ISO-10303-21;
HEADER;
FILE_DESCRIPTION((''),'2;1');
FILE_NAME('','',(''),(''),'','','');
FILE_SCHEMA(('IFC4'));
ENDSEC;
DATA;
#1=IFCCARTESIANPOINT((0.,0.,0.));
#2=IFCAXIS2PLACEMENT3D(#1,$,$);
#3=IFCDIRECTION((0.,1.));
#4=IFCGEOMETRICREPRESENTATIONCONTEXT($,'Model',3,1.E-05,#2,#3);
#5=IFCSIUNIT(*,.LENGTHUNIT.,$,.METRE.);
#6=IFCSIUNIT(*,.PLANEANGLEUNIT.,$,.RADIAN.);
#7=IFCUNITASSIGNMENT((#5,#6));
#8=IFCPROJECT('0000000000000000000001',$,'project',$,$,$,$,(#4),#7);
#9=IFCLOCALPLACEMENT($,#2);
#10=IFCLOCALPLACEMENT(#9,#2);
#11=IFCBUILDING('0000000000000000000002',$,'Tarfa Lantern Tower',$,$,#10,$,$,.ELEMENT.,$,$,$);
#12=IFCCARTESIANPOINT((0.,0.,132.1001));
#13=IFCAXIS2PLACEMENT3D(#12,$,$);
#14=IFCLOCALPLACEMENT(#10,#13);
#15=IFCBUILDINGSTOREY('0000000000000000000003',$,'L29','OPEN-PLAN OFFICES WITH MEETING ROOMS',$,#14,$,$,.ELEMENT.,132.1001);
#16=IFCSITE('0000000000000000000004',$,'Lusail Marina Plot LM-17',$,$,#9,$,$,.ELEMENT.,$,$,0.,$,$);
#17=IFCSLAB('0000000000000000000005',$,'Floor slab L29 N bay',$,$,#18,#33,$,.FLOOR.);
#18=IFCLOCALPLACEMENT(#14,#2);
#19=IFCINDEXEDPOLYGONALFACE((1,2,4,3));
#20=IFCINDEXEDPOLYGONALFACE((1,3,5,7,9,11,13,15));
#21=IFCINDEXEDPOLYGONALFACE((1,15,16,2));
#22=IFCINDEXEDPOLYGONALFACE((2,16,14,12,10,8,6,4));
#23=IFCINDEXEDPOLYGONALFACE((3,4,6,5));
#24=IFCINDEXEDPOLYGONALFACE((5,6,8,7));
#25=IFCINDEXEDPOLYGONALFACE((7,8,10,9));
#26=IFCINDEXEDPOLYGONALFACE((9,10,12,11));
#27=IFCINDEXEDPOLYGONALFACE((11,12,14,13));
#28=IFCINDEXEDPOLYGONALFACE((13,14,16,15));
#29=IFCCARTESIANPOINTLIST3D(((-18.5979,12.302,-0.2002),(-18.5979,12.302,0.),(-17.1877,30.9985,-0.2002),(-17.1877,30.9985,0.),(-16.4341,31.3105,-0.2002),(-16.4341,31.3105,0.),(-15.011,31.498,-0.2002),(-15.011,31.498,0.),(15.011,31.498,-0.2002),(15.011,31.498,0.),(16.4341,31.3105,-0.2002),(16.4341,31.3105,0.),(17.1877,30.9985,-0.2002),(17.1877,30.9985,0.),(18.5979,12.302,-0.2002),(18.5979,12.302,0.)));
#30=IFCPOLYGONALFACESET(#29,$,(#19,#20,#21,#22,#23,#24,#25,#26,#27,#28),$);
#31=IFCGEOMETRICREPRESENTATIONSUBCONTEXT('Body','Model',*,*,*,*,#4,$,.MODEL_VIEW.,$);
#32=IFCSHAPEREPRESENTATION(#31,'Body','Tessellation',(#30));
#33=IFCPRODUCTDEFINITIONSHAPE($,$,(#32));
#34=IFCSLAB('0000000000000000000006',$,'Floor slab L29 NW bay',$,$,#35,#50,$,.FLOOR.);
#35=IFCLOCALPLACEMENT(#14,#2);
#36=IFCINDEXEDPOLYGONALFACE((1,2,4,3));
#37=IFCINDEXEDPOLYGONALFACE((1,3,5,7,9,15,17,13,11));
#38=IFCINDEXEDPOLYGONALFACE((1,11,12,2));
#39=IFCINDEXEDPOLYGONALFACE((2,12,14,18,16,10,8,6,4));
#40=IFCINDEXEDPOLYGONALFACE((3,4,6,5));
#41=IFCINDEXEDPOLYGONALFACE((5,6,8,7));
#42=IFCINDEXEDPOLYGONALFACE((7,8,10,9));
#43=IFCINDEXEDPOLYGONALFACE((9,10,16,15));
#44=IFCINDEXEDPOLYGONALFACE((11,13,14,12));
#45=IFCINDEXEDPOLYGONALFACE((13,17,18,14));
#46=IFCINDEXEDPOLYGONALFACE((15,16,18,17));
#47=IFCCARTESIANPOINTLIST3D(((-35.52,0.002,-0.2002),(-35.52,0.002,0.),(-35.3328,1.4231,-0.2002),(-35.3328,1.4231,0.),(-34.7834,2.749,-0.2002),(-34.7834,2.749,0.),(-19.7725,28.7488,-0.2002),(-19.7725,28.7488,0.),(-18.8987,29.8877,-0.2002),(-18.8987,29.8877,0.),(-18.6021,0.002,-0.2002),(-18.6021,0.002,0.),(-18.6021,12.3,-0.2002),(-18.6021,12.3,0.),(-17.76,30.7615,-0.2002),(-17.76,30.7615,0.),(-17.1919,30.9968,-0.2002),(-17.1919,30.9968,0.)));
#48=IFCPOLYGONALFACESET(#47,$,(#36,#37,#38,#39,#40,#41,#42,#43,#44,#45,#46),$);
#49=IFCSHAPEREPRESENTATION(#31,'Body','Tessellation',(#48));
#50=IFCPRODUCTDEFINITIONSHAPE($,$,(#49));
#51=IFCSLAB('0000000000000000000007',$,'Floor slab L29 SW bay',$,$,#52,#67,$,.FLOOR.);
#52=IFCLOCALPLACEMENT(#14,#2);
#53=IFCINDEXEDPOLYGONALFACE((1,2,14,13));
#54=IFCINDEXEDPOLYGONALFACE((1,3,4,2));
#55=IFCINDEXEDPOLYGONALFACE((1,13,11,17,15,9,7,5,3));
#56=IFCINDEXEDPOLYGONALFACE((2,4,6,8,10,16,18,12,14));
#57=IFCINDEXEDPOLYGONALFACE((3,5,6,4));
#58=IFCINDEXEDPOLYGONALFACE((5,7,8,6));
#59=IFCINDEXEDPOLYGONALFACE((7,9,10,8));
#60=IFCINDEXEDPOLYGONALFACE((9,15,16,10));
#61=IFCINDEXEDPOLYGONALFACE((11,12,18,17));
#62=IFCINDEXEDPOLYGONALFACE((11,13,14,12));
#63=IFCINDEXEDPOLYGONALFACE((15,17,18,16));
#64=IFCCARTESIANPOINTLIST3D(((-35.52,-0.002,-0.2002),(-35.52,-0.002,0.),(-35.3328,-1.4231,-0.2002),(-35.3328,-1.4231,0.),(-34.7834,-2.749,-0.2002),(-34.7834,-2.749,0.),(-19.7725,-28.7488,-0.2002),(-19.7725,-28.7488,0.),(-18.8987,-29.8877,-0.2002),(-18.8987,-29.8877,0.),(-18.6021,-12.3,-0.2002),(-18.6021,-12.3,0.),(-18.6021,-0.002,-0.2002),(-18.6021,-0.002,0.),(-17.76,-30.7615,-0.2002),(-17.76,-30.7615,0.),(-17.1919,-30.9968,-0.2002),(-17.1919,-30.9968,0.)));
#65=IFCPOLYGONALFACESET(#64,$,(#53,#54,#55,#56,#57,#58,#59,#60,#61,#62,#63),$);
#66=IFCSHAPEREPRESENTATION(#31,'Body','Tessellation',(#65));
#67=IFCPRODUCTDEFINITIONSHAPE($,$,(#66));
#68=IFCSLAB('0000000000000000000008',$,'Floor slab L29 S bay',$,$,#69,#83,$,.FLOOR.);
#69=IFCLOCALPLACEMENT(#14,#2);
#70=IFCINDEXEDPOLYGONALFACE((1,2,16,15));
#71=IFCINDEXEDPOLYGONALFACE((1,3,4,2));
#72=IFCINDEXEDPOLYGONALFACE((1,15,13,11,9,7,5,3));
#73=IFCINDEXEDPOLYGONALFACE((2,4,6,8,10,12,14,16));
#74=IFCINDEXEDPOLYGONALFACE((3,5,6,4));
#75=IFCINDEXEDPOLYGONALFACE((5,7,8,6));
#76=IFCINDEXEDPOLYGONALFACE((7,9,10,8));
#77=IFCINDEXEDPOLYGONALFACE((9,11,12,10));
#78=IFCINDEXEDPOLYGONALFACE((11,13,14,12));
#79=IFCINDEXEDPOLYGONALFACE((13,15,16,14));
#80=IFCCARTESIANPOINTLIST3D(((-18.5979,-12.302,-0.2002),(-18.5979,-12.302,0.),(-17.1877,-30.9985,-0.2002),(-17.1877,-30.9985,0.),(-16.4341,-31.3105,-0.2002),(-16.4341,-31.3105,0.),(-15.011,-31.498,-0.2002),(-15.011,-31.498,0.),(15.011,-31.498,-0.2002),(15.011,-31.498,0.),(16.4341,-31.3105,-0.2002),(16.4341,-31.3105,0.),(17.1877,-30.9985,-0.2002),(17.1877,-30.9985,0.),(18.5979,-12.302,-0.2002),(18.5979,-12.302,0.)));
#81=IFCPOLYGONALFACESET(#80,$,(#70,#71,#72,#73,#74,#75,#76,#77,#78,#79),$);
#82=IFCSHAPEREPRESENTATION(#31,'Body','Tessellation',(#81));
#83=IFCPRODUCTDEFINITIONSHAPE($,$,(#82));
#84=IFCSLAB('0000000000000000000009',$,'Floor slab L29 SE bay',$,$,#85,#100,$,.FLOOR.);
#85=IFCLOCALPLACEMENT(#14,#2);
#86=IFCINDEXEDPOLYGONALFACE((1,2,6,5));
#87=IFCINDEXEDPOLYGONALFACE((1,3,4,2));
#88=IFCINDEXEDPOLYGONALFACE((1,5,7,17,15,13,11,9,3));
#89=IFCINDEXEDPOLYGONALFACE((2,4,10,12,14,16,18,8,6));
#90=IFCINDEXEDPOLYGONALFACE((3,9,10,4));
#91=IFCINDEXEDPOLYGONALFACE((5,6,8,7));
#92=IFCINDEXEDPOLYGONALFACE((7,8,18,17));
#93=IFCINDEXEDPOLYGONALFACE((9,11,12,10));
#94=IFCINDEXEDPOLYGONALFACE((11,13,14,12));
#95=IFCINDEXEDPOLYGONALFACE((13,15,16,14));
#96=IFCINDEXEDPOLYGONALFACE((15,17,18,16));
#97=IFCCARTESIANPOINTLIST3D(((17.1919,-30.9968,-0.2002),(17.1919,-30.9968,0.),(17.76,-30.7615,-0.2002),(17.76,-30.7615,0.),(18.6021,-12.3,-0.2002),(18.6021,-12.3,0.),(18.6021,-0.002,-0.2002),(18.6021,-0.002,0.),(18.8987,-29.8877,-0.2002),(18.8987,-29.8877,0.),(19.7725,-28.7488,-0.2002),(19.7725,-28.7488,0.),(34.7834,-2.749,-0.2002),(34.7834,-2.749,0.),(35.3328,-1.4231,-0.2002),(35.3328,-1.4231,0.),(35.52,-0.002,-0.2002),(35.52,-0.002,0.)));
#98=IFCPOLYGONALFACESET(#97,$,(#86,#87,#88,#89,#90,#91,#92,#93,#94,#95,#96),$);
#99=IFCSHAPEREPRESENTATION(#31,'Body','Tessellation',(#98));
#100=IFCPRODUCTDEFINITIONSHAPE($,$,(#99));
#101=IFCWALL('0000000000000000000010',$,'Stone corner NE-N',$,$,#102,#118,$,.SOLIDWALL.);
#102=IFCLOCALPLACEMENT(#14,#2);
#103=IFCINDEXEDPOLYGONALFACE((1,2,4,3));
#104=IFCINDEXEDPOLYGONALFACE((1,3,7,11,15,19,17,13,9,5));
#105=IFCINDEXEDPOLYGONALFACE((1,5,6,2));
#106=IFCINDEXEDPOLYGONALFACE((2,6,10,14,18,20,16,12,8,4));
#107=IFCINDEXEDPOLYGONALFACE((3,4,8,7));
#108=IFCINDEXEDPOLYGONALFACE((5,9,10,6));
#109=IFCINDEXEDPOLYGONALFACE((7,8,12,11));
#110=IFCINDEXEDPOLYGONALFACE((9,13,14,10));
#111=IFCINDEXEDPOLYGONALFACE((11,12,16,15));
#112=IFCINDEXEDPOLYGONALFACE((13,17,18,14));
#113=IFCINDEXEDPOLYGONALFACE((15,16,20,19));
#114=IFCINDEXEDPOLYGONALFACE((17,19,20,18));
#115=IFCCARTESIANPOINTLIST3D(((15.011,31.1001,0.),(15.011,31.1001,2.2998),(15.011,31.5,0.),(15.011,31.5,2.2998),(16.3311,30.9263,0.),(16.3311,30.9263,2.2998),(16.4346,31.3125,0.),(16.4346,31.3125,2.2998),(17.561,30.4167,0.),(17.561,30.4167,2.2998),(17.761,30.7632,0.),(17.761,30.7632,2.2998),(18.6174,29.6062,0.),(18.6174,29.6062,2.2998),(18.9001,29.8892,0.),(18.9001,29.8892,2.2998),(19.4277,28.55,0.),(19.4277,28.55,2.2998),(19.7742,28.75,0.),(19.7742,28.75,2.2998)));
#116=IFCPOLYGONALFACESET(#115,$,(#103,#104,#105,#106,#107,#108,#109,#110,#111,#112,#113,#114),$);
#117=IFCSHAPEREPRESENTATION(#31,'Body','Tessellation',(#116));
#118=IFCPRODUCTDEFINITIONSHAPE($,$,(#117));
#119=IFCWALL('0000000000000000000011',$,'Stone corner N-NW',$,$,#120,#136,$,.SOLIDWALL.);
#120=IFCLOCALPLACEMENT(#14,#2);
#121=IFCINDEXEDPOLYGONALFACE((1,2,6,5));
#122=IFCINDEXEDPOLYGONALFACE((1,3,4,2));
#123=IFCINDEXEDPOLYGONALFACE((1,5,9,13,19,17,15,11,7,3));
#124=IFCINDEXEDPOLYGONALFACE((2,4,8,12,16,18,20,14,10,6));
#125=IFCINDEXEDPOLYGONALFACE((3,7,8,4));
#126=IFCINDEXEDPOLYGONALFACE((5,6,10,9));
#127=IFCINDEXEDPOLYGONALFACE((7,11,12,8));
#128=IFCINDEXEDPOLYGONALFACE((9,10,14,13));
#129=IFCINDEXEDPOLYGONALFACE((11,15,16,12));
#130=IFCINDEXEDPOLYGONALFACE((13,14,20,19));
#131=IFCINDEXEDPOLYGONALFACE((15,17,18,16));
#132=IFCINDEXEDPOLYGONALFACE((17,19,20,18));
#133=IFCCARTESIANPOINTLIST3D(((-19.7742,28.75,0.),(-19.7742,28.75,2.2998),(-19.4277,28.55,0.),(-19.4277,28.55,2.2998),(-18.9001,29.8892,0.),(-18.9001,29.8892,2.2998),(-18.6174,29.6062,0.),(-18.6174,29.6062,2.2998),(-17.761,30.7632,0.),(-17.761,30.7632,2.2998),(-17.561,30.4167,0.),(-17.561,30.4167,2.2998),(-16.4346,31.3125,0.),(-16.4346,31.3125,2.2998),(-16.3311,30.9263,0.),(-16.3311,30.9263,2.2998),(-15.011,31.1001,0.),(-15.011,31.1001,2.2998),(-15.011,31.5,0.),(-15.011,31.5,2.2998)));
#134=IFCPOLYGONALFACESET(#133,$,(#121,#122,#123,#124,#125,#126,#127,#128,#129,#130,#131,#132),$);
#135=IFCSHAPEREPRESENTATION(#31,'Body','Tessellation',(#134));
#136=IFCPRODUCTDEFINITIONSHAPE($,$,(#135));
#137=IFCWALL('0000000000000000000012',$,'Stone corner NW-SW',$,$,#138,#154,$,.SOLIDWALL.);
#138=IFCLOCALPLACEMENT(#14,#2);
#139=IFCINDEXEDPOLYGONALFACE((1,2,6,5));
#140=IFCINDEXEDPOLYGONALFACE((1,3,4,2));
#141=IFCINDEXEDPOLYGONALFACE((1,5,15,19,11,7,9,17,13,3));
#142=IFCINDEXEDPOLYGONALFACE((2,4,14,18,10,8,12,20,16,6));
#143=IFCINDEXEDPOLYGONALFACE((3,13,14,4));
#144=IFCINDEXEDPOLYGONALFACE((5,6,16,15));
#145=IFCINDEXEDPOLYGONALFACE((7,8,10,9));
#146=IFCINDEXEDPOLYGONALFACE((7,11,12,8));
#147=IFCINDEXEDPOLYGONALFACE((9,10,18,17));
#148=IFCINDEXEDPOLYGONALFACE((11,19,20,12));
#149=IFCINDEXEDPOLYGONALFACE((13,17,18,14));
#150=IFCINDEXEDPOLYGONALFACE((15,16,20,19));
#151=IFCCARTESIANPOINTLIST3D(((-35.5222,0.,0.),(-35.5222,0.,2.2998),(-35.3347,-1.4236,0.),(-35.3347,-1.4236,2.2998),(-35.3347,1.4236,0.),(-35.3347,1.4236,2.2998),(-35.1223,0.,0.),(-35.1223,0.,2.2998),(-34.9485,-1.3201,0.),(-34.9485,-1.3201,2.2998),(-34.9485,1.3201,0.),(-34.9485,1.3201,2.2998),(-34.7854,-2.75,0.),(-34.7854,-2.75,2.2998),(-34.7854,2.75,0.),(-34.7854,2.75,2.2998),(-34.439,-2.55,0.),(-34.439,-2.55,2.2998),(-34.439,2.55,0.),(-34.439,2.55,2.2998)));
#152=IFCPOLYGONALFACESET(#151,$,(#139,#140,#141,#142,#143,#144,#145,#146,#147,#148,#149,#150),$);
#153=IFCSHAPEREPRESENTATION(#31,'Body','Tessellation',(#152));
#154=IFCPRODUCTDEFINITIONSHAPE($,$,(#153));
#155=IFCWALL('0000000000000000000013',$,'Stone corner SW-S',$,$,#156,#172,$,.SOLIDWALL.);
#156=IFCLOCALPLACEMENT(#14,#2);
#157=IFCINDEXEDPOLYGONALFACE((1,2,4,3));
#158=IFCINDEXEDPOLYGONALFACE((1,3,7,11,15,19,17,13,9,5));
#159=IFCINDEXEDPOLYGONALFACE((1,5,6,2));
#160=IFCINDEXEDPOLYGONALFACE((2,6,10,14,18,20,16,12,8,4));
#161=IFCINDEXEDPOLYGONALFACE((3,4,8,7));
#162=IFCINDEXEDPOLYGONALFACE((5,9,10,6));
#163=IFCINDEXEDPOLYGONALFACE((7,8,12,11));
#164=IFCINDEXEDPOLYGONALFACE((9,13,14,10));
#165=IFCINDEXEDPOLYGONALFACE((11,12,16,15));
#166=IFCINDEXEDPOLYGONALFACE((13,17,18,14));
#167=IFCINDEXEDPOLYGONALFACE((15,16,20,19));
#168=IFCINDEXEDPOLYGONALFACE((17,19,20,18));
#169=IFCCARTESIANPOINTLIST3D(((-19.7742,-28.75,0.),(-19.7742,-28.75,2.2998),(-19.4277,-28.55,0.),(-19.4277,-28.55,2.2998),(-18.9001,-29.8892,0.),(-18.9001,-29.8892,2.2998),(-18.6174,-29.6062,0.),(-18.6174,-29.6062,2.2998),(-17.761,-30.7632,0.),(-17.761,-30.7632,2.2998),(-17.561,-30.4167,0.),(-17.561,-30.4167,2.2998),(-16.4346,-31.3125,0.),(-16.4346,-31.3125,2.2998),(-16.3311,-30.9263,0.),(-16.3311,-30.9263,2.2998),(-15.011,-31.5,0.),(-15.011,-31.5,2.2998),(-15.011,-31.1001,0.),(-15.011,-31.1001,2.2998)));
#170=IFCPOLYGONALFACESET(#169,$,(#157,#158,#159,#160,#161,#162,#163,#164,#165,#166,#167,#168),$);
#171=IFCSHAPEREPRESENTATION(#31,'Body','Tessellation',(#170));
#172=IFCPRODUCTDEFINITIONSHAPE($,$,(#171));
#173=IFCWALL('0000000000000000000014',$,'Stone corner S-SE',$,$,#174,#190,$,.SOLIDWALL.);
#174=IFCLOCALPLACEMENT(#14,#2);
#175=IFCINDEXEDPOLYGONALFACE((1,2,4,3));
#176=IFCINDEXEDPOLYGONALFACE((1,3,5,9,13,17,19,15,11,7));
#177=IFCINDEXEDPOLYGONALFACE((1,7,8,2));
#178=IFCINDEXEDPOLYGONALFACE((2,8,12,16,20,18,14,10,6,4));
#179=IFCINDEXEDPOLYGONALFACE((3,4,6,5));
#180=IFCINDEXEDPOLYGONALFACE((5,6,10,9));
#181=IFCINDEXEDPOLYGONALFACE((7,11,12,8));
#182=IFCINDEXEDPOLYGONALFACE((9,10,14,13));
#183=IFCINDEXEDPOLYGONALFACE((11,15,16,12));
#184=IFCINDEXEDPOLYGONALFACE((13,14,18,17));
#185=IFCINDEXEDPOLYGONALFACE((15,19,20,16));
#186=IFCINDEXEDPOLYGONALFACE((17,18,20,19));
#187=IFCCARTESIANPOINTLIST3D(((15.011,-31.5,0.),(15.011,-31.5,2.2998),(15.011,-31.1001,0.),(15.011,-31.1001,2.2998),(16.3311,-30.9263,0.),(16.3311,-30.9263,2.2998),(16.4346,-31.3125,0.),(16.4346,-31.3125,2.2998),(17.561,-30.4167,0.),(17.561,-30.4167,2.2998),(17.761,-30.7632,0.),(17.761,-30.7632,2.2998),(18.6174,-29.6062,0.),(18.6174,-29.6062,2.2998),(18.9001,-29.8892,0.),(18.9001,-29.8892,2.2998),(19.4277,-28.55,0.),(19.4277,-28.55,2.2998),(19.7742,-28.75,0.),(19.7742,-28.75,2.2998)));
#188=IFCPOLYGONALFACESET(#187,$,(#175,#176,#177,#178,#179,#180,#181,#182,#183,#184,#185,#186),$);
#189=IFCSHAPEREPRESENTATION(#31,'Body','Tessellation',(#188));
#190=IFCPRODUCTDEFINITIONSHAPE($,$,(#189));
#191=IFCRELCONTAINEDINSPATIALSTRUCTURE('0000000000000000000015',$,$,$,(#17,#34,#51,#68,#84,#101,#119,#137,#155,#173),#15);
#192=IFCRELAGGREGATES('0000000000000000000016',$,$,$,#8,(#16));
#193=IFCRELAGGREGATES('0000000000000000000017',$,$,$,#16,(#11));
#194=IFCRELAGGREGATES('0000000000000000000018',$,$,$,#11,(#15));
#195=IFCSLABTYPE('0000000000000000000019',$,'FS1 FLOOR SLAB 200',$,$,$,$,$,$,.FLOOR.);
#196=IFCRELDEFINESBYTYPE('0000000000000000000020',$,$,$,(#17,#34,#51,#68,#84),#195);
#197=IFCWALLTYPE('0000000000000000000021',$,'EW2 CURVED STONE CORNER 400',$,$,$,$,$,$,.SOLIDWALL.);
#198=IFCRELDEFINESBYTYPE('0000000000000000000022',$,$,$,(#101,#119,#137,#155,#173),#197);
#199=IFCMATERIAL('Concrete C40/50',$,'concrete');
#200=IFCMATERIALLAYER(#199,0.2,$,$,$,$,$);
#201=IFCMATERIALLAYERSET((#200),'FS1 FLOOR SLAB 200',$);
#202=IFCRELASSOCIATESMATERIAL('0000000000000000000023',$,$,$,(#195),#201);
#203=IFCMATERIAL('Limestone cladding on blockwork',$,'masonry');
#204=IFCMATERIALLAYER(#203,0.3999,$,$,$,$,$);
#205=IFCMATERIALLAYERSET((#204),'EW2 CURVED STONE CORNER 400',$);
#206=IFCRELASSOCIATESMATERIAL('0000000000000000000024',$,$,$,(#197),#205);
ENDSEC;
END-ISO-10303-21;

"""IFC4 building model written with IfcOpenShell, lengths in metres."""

from ifc_helpers import new_model, si_unit, direction, frame, origin, place, context, subcontext, project, spatial, polyline, outline, extrude, material, layer, layer_set, type_object, element, save


model = new_model("IFC4")

# Units and contexts
model_context = context("Model", 3, precision=1e-05, world=origin(), true_north=direction((0.0, 1.0)))
body_context = subcontext(model_context, "Body", "Model", "MODEL_VIEW")
ifc_project = project(units=[si_unit("LENGTHUNIT", "METRE"), si_unit("PLANEANGLEUNIT", "RADIAN")], contexts=[model_context])

# Site, building, storey
site_placement = place(None, origin())
site = spatial("IfcSite", under=ifc_project, at=site_placement, Name="Lusail Marina Plot LM-17", CompositionType="ELEMENT", RefElevation=0.0)
building_placement = place(site_placement, origin())
building = spatial("IfcBuilding", under=site, at=building_placement, Name="Tarfa Lantern Tower", CompositionType="ELEMENT")
storey_placement = place(building_placement, frame((0.0, 0.0, 132.1001)))
storey = spatial("IfcBuildingStorey", under=building, at=storey_placement, Name="L29", Description="OPEN-PLAN OFFICES WITH MEETING ROOMS", CompositionType="ELEMENT", Elevation=132.1001)

# Slabs
ifc_material_1 = material(Name="Concrete C40/50", Category="concrete")
ifc_layer_1 = layer(ifc_material_1, 0.2)
ifc_layer_set_1 = layer_set([ifc_layer_1], Name="FS1 FLOOR SLAB 200")
slab_type_1 = type_object("IfcSlabType", Name="FS1 FLOOR SLAB 200", PredefinedType="FLOOR", material=ifc_layer_set_1)
slab_1_placement = place(storey_placement, frame((0.0, 0.0, -0.2002)))
element("IfcSlab", 1, at=slab_1_placement, inside=storey, type_object=slab_type_1, Name="Floor slab L29 N bay", PredefinedType="FLOOR", context=body_context, shape_type="SweptSolid", body=[
    extrude(outline(polyline([(-18.5979, 12.302), (18.5979, 12.302), (17.1877, 30.9985), (16.4341, 31.3105), (15.011, 31.498), (-15.011, 31.498), (-16.4341, 31.3105), (-17.1877, 30.9985), (-18.5979, 12.302)])), origin(), (0.0, 0.0, 1.0), 0.2002),
])
slab_2_placement = place(storey_placement, frame((0.0, 0.0, -0.2002)))
element("IfcSlab", 2, at=slab_2_placement, inside=storey, type_object=slab_type_1, Name="Floor slab L29 NW bay", PredefinedType="FLOOR", context=body_context, shape_type="SweptSolid", body=[
    extrude(outline(polyline([(-18.6021, 0.002), (-18.6021, 12.3), (-17.1919, 30.9968), (-17.76, 30.7615), (-18.8987, 29.8877), (-19.7725, 28.7488), (-34.7834, 2.749), (-35.3328, 1.4231), (-35.52, 0.002), (-18.6021, 0.002)])), origin(), (0.0, 0.0, 1.0), 0.2002),
])
slab_3_placement = place(storey_placement, frame((0.0, 0.0, -0.2002)))
element("IfcSlab", 3, at=slab_3_placement, inside=storey, type_object=slab_type_1, Name="Floor slab L29 SW bay", PredefinedType="FLOOR", context=body_context, shape_type="SweptSolid", body=[
    extrude(outline(polyline([(-18.6021, -12.3), (-18.6021, -0.002), (-35.52, -0.002), (-35.3328, -1.4231), (-34.7834, -2.749), (-19.7725, -28.7488), (-18.8987, -29.8877), (-17.76, -30.7615), (-17.1919, -30.9968), (-18.6021, -12.3)])), origin(), (0.0, 0.0, 1.0), 0.2002),
])
slab_4_placement = place(storey_placement, frame((0.0, 0.0, -0.2002)))
element("IfcSlab", 4, at=slab_4_placement, inside=storey, type_object=slab_type_1, Name="Floor slab L29 S bay", PredefinedType="FLOOR", context=body_context, shape_type="SweptSolid", body=[
    extrude(outline(polyline([(18.5979, -12.302), (-18.5979, -12.302), (-17.1877, -30.9985), (-16.4341, -31.3105), (-15.011, -31.498), (15.011, -31.498), (16.4341, -31.3105), (17.1877, -30.9985), (18.5979, -12.302)])), origin(), (0.0, 0.0, 1.0), 0.2002),
])
slab_5_placement = place(storey_placement, frame((0.0, 0.0, -0.2002)))
element("IfcSlab", 5, at=slab_5_placement, inside=storey, type_object=slab_type_1, Name="Floor slab L29 SE bay", PredefinedType="FLOOR", context=body_context, shape_type="SweptSolid", body=[
    extrude(outline(polyline([(18.6021, -0.002), (18.6021, -12.3), (17.1919, -30.9968), (17.76, -30.7615), (18.8987, -29.8877), (19.7725, -28.7488), (34.7834, -2.749), (35.3328, -1.4231), (35.52, -0.002), (18.6021, -0.002)])), origin(), (0.0, 0.0, 1.0), 0.2002),
])

# Walls
ifc_material_2 = material(Name="Limestone cladding on blockwork", Category="masonry")
ifc_layer_2 = layer(ifc_material_2, 0.3999)
ifc_layer_set_2 = layer_set([ifc_layer_2], Name="EW2 CURVED STONE CORNER 400")
wall_type_1 = type_object("IfcWallType", Name="EW2 CURVED STONE CORNER 400", PredefinedType="SOLIDWALL", material=ifc_layer_set_2)
wall_1_placement = place(storey_placement, origin())
element("IfcWall", 6, at=wall_1_placement, inside=storey, type_object=wall_type_1, Name="Stone corner NE-N", PredefinedType="SOLIDWALL", context=body_context, shape_type="SweptSolid", body=[
    extrude(outline(polyline([(19.7742, 28.75), (18.9001, 29.8892), (17.761, 30.7632), (16.4346, 31.3125), (15.011, 31.5), (15.011, 31.1001), (16.3311, 30.9263), (17.561, 30.4167), (18.6174, 29.6062), (19.4277, 28.55), (19.7742, 28.75)])), origin(), (0.0, 0.0, 1.0), 2.2998),
])
wall_2_placement = place(storey_placement, origin())
element("IfcWall", 7, at=wall_2_placement, inside=storey, type_object=wall_type_1, Name="Stone corner N-NW", PredefinedType="SOLIDWALL", context=body_context, shape_type="SweptSolid", body=[
    extrude(outline(polyline([(-15.011, 31.5), (-16.4346, 31.3125), (-17.761, 30.7632), (-18.9001, 29.8892), (-19.7742, 28.75), (-19.4277, 28.55), (-18.6174, 29.6062), (-17.561, 30.4167), (-16.3311, 30.9263), (-15.011, 31.1001), (-15.011, 31.5)])), origin(), (0.0, 0.0, 1.0), 2.2998),
])
wall_3_placement = place(storey_placement, origin())
element("IfcWall", 8, at=wall_3_placement, inside=storey, type_object=wall_type_1, Name="Stone corner NW-SW", PredefinedType="SOLIDWALL", context=body_context, shape_type="SweptSolid", body=[
    extrude(outline(polyline([(-34.7854, 2.75), (-35.3347, 1.4236), (-35.5222, 0.0), (-35.3347, -1.4236), (-34.7854, -2.75), (-34.439, -2.55), (-34.9485, -1.3201), (-35.1223, 0.0), (-34.9485, 1.3201), (-34.439, 2.55), (-34.7854, 2.75)])), origin(), (0.0, 0.0, 1.0), 2.2998),
])
wall_4_placement = place(storey_placement, origin())
element("IfcWall", 9, at=wall_4_placement, inside=storey, type_object=wall_type_1, Name="Stone corner SW-S", PredefinedType="SOLIDWALL", context=body_context, shape_type="SweptSolid", body=[
    extrude(outline(polyline([(-19.7742, -28.75), (-18.9001, -29.8892), (-17.761, -30.7632), (-16.4346, -31.3125), (-15.011, -31.5), (-15.011, -31.1001), (-16.3311, -30.9263), (-17.561, -30.4167), (-18.6174, -29.6062), (-19.4277, -28.55), (-19.7742, -28.75)])), origin(), (0.0, 0.0, 1.0), 2.2998),
])
wall_5_placement = place(storey_placement, origin())
element("IfcWall", 10, at=wall_5_placement, inside=storey, type_object=wall_type_1, Name="Stone corner S-SE", PredefinedType="SOLIDWALL", context=body_context, shape_type="SweptSolid", body=[
    extrude(outline(polyline([(15.011, -31.5), (16.4346, -31.3125), (17.761, -30.7632), (18.9001, -29.8892), (19.7742, -28.75), (19.4277, -28.55), (18.6174, -29.6062), (17.561, -30.4167), (16.3311, -30.9263), (15.011, -31.1001), (15.011, -31.5)])), origin(), (0.0, 0.0, 1.0), 2.2998),
])

save(model, "model.ifc")
